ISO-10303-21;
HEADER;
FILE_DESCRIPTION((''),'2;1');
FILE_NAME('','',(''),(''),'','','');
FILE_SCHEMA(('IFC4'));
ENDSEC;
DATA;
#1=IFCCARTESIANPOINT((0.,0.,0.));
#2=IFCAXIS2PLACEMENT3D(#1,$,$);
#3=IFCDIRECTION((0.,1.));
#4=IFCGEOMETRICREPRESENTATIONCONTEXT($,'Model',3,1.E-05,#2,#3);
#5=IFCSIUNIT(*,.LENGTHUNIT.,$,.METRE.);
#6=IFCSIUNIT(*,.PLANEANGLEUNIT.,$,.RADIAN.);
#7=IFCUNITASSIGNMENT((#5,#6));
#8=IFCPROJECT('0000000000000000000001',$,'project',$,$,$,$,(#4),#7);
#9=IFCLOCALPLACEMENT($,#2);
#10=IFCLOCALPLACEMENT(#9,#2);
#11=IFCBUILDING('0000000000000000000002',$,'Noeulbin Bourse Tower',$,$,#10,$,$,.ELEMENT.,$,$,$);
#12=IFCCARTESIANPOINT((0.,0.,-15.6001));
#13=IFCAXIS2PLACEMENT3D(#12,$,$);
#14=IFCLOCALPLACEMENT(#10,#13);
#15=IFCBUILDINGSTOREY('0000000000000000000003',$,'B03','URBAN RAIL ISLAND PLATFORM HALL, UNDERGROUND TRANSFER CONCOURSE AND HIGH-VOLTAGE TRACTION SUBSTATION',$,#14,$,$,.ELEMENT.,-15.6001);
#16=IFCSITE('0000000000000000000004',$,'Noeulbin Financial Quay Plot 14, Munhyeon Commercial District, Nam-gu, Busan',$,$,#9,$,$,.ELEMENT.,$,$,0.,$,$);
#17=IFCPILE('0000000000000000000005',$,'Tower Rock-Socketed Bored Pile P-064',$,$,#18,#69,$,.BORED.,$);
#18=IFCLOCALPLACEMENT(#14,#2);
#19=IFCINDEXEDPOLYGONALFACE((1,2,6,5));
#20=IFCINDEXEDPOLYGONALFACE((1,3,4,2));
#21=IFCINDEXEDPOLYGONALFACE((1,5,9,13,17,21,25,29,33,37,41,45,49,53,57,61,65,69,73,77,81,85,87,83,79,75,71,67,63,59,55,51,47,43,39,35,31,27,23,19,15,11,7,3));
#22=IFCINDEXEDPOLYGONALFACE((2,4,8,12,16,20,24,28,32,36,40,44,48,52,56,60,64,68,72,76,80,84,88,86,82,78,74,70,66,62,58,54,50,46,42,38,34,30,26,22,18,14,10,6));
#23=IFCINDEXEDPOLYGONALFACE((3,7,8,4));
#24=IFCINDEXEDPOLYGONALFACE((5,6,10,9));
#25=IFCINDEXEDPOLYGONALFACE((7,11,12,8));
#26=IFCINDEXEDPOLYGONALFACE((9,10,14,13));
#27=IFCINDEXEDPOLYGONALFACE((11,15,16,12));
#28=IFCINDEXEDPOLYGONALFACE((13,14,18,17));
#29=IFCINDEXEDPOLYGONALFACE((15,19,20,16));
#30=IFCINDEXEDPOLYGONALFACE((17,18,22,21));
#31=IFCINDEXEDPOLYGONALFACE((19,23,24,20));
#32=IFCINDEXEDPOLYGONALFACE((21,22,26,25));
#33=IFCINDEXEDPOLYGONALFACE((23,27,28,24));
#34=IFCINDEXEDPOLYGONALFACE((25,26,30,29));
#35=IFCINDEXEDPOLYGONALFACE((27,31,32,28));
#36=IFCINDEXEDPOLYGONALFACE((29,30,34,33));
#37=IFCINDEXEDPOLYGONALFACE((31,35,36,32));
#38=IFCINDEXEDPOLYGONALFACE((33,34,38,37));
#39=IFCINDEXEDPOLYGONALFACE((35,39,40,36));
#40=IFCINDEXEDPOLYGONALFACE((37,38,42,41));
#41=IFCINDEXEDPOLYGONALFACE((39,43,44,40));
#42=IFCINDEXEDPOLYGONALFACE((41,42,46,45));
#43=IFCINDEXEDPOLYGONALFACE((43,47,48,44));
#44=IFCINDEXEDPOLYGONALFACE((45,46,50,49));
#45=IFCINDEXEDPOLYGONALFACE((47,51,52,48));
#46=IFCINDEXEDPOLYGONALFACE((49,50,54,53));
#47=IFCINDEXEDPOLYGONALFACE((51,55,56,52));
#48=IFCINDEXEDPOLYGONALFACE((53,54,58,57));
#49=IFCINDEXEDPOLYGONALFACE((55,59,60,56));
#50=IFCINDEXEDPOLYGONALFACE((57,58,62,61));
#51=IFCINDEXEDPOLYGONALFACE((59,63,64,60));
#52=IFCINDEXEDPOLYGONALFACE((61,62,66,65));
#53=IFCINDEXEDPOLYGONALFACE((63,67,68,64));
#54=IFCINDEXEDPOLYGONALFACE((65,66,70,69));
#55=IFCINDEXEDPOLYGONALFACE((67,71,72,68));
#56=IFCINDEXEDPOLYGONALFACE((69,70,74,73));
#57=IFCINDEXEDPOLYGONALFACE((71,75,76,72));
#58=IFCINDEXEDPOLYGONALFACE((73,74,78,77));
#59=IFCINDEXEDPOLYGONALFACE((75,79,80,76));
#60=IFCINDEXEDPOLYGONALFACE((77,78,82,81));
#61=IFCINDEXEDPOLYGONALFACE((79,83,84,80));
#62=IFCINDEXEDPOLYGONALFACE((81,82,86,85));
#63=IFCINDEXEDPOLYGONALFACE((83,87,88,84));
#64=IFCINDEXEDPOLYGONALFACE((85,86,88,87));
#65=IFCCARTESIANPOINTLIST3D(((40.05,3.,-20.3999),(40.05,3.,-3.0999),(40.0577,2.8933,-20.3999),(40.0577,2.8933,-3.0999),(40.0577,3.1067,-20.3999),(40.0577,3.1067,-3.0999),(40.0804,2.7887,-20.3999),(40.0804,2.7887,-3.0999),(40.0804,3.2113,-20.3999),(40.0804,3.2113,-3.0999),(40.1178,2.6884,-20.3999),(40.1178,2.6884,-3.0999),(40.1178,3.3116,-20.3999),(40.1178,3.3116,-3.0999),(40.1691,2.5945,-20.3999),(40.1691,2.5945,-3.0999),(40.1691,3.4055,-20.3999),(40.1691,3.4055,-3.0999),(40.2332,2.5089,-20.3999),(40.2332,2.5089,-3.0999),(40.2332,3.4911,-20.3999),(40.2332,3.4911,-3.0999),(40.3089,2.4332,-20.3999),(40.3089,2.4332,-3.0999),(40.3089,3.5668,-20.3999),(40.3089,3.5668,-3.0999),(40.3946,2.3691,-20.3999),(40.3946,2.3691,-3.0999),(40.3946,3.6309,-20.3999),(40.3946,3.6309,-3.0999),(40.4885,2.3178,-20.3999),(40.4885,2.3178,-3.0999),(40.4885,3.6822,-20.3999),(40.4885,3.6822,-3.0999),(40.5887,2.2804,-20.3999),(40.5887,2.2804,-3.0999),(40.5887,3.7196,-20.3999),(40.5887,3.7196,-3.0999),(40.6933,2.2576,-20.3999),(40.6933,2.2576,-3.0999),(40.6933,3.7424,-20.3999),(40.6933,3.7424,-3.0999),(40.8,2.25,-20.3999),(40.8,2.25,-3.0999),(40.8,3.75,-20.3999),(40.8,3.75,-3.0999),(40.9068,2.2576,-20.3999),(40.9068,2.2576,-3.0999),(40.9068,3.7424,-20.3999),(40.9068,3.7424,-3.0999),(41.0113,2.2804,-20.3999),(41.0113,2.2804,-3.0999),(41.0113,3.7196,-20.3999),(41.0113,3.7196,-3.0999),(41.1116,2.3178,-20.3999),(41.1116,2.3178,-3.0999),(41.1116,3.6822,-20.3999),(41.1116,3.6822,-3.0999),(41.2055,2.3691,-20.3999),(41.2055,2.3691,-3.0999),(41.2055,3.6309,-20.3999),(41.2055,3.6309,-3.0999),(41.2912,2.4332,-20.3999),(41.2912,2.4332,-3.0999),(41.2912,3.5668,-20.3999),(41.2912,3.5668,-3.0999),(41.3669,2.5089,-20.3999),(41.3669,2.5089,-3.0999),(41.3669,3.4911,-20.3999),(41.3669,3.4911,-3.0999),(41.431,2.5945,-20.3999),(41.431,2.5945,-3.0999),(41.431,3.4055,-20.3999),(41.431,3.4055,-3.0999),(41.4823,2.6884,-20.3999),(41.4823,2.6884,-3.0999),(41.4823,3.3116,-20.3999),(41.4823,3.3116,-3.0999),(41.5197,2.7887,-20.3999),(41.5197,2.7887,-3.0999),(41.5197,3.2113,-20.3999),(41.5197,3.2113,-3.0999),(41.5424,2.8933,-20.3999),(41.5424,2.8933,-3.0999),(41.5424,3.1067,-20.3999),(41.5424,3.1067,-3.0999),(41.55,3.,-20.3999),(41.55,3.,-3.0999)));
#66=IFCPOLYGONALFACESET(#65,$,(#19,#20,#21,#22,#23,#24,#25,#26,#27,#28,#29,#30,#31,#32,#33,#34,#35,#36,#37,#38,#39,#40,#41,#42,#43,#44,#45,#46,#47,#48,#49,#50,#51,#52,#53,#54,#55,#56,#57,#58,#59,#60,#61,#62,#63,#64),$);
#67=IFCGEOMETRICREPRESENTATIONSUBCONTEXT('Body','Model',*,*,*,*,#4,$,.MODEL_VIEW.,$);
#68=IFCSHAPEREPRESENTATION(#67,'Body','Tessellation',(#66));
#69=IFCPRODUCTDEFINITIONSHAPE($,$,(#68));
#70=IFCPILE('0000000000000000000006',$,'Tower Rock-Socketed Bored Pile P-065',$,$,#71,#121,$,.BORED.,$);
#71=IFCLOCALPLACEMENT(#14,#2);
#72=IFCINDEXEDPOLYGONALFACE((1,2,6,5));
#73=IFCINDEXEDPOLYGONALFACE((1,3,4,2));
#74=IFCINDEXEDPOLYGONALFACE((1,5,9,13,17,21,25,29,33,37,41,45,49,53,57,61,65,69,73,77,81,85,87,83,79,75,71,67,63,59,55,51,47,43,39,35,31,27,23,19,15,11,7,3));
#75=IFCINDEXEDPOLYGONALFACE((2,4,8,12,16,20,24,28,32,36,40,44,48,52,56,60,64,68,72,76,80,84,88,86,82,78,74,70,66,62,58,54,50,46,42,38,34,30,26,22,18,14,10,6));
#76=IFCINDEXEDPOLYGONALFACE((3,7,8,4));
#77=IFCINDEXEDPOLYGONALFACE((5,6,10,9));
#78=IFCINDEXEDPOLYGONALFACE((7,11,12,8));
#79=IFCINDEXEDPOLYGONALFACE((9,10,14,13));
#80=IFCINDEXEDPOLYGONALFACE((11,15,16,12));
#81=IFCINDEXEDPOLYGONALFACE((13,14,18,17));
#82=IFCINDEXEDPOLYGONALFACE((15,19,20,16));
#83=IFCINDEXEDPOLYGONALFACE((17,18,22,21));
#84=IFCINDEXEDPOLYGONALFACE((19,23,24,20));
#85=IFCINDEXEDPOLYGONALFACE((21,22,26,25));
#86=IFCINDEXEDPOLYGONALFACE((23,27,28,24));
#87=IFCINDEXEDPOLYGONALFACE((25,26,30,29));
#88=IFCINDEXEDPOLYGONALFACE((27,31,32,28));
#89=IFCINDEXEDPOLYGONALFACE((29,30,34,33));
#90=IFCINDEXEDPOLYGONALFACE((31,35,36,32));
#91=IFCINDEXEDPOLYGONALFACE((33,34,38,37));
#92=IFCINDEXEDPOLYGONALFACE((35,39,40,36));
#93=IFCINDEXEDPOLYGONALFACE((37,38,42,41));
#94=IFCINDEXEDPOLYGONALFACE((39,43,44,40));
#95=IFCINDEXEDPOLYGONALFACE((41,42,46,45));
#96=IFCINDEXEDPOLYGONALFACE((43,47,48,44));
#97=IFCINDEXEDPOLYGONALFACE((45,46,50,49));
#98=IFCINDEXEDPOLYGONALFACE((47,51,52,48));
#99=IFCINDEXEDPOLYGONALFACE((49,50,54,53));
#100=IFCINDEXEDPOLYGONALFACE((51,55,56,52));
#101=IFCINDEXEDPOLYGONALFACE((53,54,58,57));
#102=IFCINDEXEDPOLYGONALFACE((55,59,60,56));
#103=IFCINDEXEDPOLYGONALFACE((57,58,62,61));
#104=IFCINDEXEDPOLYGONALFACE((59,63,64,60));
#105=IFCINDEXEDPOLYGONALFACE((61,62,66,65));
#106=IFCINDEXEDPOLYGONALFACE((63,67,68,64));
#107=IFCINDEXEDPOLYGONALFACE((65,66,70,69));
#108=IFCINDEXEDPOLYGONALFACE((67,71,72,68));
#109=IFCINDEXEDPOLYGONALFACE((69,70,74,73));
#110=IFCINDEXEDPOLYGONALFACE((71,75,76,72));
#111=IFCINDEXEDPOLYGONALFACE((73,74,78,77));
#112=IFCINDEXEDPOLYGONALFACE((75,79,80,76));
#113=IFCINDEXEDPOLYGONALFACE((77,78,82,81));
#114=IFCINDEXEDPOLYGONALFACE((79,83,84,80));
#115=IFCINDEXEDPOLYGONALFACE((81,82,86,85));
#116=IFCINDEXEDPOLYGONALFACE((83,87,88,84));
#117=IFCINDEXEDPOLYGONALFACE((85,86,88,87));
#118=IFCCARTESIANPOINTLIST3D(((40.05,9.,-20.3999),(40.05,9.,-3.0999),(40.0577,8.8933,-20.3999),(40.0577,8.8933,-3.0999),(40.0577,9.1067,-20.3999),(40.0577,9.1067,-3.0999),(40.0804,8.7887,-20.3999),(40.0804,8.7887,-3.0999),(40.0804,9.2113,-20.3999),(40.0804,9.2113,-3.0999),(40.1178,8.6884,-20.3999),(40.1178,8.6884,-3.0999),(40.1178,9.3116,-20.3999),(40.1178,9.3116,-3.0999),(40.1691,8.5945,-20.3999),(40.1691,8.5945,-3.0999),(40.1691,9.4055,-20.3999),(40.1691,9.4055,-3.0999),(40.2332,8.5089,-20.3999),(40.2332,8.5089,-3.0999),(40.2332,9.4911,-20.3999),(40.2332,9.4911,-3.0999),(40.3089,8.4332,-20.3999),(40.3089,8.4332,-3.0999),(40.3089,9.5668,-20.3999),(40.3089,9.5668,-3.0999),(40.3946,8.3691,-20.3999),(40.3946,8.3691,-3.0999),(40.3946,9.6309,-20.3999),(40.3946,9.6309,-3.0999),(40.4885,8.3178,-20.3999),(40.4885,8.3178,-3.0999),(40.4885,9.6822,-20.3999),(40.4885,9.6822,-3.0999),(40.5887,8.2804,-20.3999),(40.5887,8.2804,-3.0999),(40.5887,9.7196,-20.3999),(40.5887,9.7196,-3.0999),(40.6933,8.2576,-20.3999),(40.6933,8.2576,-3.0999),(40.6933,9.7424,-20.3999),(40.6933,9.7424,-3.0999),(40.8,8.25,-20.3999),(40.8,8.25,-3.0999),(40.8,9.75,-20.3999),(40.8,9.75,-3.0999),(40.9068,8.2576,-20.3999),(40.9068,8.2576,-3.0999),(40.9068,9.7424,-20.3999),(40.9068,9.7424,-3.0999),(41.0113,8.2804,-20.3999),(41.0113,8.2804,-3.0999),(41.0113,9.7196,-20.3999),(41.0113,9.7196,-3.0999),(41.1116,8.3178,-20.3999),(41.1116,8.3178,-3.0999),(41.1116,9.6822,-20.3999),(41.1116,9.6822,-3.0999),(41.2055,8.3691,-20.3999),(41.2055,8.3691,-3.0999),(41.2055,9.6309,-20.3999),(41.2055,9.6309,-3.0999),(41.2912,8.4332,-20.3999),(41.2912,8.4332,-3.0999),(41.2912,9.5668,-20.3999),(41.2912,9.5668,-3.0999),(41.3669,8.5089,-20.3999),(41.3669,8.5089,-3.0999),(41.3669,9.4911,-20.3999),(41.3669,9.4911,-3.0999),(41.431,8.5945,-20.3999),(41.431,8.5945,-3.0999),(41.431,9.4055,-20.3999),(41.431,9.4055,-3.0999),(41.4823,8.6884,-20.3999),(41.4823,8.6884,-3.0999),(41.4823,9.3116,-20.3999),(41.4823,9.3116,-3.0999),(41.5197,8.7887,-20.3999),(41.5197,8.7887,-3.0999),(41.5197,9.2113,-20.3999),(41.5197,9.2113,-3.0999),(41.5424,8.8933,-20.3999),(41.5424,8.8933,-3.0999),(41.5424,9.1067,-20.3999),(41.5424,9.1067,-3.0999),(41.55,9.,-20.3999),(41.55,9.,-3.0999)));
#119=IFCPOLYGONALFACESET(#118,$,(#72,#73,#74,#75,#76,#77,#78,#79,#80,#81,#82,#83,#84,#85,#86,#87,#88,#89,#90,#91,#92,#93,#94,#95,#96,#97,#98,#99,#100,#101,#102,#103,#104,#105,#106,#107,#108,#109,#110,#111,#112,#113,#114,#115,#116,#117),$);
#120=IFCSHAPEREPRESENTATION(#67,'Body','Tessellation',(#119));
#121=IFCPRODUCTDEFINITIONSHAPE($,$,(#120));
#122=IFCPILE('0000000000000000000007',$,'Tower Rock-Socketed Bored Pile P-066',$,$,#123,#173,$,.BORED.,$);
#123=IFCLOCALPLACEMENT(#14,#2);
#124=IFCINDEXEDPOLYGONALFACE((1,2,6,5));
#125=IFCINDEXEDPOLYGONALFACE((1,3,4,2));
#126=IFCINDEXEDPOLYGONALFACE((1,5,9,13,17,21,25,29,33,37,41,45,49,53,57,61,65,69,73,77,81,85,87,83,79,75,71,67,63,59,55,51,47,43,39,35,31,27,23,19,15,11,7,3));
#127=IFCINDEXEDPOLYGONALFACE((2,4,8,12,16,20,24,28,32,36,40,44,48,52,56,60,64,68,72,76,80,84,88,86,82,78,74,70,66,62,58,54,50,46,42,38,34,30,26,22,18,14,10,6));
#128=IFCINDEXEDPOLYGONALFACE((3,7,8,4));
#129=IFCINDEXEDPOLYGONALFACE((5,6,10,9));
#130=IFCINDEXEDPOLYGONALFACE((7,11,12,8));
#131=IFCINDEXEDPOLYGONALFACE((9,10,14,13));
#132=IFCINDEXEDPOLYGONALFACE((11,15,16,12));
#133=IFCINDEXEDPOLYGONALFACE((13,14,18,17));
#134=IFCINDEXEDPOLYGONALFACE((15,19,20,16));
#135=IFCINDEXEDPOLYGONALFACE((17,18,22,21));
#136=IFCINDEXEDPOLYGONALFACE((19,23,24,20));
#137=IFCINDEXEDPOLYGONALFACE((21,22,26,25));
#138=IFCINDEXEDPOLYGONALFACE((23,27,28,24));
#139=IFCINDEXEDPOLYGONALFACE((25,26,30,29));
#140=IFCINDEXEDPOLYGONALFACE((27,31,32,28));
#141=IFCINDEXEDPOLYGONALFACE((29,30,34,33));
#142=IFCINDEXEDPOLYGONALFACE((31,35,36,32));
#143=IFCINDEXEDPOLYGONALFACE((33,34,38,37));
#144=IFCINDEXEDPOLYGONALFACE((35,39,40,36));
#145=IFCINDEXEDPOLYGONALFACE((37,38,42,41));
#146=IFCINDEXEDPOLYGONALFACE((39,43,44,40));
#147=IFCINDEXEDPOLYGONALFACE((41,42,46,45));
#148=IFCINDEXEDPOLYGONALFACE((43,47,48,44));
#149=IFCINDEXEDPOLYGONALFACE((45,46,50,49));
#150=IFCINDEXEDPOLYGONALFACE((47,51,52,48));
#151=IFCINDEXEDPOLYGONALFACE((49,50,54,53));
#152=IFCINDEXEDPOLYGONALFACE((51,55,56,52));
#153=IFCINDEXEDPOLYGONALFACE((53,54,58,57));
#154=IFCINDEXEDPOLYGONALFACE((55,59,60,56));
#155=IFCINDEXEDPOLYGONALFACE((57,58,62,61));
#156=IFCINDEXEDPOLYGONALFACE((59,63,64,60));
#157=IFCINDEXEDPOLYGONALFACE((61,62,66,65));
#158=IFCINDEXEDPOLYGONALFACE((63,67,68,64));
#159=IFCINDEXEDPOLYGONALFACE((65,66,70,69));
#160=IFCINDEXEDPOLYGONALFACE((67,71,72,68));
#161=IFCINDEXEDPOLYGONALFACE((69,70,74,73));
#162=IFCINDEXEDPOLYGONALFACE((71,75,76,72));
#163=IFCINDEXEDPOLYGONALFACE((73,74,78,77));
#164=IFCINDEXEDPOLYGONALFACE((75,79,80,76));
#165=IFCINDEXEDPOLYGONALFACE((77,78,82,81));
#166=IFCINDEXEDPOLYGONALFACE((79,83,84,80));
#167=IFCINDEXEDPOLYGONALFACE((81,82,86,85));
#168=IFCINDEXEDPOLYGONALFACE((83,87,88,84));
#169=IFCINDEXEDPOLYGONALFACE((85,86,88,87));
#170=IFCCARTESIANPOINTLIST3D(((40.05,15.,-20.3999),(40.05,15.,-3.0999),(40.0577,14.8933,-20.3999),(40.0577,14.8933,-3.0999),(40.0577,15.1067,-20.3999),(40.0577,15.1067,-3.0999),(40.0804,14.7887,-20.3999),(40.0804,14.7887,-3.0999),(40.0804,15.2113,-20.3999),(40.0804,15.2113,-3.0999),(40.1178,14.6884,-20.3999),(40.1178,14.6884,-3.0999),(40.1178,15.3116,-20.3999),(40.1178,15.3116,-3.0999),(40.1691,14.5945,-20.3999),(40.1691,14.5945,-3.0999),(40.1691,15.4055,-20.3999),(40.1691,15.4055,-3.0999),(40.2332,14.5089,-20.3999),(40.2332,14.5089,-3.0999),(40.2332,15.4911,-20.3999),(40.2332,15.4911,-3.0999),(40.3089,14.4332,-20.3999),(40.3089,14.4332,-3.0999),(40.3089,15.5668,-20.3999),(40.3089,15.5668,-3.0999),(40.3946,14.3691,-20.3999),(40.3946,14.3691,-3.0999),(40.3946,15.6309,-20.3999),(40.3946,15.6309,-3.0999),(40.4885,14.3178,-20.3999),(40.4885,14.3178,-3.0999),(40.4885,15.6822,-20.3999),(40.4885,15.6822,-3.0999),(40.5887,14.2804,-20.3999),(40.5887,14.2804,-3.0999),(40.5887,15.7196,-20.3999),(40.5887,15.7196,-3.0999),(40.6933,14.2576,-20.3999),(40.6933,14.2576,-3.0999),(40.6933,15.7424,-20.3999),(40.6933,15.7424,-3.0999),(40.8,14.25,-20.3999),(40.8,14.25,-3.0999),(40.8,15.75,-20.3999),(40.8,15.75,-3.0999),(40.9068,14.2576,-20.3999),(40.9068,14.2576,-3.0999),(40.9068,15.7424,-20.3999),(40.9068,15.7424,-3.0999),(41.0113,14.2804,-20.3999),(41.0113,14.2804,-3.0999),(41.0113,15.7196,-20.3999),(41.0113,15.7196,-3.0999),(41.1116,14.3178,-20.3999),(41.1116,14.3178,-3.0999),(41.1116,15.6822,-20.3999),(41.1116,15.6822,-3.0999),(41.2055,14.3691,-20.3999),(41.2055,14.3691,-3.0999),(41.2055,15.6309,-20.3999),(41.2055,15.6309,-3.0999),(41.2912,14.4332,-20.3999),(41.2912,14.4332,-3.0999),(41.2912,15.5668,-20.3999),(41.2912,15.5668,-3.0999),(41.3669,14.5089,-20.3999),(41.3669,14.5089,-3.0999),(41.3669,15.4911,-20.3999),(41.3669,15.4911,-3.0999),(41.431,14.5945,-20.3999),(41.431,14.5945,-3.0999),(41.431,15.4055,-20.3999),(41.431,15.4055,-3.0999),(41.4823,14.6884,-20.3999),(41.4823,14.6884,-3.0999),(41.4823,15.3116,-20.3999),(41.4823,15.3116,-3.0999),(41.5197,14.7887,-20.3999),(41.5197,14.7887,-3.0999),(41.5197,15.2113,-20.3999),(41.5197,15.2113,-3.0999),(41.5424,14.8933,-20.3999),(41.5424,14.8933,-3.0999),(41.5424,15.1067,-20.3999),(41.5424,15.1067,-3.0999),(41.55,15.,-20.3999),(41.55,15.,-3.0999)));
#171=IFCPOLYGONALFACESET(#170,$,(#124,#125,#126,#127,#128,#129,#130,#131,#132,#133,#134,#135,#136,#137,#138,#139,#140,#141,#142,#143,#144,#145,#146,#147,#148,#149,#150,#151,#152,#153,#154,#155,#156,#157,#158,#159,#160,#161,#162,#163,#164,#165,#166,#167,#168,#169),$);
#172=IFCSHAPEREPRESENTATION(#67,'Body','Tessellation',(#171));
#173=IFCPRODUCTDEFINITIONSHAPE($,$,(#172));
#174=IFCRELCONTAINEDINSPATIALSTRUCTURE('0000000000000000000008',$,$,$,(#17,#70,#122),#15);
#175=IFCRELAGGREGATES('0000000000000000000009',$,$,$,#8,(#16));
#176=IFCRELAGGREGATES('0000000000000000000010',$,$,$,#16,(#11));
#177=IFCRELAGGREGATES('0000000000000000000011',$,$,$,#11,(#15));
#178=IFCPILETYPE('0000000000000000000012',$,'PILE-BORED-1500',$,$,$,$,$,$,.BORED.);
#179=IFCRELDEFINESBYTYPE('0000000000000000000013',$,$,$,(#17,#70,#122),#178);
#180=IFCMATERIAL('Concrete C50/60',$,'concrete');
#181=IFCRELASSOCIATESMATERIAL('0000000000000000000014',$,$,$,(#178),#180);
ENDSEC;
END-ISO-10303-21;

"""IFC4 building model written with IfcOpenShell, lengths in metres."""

from ifc_helpers import new_model, si_unit, direction, frame, origin, origin_2d, place, context, subcontext, project, spatial, circle, extrude, material, material_profile, profile_set, type_object, element, save


model = new_model("IFC4")

# Units and contexts
model_context = context("Model", 3, precision=1e-05, world=origin(), true_north=direction((0.0, 1.0)))
body_context = subcontext(model_context, "Body", "Model", "MODEL_VIEW")
ifc_project = project(units=[si_unit("LENGTHUNIT", "METRE"), si_unit("PLANEANGLEUNIT", "RADIAN")], contexts=[model_context])

# Site, building, storey
site_placement = place(None, origin())
site = spatial("IfcSite", under=ifc_project, at=site_placement, Name="Noeulbin Financial Quay Plot 14, Munhyeon Commercial District, Nam-gu, Busan", CompositionType="ELEMENT", RefElevation=0.0)
building_placement = place(site_placement, origin())
building = spatial("IfcBuilding", under=site, at=building_placement, Name="Noeulbin Bourse Tower", CompositionType="ELEMENT")
storey_placement = place(building_placement, frame((0.0, 0.0, -15.6001)))
storey = spatial("IfcBuildingStorey", under=building, at=storey_placement, Name="B03", Description="URBAN RAIL ISLAND PLATFORM HALL, UNDERGROUND TRANSFER CONCOURSE AND HIGH-VOLTAGE TRACTION SUBSTATION", CompositionType="ELEMENT", Elevation=-15.6001)

# Piles
ifc_material_1 = material(Name="Concrete C50/60", Category="concrete")
ifc_material_profile_1 = material_profile(ifc_material_1, circle(Radius=0.75, at=origin_2d()), Name="PILE-D1500", Category="LoadBearing")
ifc_profile_set_1 = profile_set([ifc_material_profile_1], Name="Concrete C50/60")
pile_type = type_object("IfcPileType", Name="PILE-BORED-1500", PredefinedType="BORED", material=ifc_profile_set_1)
for number, where, z_axis, x_axis, name in (
    (1, (40.8, 3.0, -3.0999), (0.0, 0.0, -1.0), (1.0, 0.0, 0.0), "Tower Rock-Socketed Bored Pile P-064"),
    (2, (40.8, 9.0, -3.0999), (0.0, 0.0, -1.0), (1.0, 0.0, 0.0), "Tower Rock-Socketed Bored Pile P-065"),
    (3, (40.8, 15.0, -3.0999), (0.0, 0.0, -1.0), (1.0, 0.0, 0.0), "Tower Rock-Socketed Bored Pile P-066"),
):
    element("IfcPile", number, at=place(storey_placement, frame(where, z_axis=z_axis, x_axis=x_axis)), inside=storey, type_object=pile_type, Name=name, PredefinedType="BORED", context=body_context, shape_type="SweptSolid", body=[
        extrude(circle(Radius=0.75, at=origin_2d()), origin(), (0.0, 0.0, 1.0), 17.3),
    ])

save(model, "model.ifc")
